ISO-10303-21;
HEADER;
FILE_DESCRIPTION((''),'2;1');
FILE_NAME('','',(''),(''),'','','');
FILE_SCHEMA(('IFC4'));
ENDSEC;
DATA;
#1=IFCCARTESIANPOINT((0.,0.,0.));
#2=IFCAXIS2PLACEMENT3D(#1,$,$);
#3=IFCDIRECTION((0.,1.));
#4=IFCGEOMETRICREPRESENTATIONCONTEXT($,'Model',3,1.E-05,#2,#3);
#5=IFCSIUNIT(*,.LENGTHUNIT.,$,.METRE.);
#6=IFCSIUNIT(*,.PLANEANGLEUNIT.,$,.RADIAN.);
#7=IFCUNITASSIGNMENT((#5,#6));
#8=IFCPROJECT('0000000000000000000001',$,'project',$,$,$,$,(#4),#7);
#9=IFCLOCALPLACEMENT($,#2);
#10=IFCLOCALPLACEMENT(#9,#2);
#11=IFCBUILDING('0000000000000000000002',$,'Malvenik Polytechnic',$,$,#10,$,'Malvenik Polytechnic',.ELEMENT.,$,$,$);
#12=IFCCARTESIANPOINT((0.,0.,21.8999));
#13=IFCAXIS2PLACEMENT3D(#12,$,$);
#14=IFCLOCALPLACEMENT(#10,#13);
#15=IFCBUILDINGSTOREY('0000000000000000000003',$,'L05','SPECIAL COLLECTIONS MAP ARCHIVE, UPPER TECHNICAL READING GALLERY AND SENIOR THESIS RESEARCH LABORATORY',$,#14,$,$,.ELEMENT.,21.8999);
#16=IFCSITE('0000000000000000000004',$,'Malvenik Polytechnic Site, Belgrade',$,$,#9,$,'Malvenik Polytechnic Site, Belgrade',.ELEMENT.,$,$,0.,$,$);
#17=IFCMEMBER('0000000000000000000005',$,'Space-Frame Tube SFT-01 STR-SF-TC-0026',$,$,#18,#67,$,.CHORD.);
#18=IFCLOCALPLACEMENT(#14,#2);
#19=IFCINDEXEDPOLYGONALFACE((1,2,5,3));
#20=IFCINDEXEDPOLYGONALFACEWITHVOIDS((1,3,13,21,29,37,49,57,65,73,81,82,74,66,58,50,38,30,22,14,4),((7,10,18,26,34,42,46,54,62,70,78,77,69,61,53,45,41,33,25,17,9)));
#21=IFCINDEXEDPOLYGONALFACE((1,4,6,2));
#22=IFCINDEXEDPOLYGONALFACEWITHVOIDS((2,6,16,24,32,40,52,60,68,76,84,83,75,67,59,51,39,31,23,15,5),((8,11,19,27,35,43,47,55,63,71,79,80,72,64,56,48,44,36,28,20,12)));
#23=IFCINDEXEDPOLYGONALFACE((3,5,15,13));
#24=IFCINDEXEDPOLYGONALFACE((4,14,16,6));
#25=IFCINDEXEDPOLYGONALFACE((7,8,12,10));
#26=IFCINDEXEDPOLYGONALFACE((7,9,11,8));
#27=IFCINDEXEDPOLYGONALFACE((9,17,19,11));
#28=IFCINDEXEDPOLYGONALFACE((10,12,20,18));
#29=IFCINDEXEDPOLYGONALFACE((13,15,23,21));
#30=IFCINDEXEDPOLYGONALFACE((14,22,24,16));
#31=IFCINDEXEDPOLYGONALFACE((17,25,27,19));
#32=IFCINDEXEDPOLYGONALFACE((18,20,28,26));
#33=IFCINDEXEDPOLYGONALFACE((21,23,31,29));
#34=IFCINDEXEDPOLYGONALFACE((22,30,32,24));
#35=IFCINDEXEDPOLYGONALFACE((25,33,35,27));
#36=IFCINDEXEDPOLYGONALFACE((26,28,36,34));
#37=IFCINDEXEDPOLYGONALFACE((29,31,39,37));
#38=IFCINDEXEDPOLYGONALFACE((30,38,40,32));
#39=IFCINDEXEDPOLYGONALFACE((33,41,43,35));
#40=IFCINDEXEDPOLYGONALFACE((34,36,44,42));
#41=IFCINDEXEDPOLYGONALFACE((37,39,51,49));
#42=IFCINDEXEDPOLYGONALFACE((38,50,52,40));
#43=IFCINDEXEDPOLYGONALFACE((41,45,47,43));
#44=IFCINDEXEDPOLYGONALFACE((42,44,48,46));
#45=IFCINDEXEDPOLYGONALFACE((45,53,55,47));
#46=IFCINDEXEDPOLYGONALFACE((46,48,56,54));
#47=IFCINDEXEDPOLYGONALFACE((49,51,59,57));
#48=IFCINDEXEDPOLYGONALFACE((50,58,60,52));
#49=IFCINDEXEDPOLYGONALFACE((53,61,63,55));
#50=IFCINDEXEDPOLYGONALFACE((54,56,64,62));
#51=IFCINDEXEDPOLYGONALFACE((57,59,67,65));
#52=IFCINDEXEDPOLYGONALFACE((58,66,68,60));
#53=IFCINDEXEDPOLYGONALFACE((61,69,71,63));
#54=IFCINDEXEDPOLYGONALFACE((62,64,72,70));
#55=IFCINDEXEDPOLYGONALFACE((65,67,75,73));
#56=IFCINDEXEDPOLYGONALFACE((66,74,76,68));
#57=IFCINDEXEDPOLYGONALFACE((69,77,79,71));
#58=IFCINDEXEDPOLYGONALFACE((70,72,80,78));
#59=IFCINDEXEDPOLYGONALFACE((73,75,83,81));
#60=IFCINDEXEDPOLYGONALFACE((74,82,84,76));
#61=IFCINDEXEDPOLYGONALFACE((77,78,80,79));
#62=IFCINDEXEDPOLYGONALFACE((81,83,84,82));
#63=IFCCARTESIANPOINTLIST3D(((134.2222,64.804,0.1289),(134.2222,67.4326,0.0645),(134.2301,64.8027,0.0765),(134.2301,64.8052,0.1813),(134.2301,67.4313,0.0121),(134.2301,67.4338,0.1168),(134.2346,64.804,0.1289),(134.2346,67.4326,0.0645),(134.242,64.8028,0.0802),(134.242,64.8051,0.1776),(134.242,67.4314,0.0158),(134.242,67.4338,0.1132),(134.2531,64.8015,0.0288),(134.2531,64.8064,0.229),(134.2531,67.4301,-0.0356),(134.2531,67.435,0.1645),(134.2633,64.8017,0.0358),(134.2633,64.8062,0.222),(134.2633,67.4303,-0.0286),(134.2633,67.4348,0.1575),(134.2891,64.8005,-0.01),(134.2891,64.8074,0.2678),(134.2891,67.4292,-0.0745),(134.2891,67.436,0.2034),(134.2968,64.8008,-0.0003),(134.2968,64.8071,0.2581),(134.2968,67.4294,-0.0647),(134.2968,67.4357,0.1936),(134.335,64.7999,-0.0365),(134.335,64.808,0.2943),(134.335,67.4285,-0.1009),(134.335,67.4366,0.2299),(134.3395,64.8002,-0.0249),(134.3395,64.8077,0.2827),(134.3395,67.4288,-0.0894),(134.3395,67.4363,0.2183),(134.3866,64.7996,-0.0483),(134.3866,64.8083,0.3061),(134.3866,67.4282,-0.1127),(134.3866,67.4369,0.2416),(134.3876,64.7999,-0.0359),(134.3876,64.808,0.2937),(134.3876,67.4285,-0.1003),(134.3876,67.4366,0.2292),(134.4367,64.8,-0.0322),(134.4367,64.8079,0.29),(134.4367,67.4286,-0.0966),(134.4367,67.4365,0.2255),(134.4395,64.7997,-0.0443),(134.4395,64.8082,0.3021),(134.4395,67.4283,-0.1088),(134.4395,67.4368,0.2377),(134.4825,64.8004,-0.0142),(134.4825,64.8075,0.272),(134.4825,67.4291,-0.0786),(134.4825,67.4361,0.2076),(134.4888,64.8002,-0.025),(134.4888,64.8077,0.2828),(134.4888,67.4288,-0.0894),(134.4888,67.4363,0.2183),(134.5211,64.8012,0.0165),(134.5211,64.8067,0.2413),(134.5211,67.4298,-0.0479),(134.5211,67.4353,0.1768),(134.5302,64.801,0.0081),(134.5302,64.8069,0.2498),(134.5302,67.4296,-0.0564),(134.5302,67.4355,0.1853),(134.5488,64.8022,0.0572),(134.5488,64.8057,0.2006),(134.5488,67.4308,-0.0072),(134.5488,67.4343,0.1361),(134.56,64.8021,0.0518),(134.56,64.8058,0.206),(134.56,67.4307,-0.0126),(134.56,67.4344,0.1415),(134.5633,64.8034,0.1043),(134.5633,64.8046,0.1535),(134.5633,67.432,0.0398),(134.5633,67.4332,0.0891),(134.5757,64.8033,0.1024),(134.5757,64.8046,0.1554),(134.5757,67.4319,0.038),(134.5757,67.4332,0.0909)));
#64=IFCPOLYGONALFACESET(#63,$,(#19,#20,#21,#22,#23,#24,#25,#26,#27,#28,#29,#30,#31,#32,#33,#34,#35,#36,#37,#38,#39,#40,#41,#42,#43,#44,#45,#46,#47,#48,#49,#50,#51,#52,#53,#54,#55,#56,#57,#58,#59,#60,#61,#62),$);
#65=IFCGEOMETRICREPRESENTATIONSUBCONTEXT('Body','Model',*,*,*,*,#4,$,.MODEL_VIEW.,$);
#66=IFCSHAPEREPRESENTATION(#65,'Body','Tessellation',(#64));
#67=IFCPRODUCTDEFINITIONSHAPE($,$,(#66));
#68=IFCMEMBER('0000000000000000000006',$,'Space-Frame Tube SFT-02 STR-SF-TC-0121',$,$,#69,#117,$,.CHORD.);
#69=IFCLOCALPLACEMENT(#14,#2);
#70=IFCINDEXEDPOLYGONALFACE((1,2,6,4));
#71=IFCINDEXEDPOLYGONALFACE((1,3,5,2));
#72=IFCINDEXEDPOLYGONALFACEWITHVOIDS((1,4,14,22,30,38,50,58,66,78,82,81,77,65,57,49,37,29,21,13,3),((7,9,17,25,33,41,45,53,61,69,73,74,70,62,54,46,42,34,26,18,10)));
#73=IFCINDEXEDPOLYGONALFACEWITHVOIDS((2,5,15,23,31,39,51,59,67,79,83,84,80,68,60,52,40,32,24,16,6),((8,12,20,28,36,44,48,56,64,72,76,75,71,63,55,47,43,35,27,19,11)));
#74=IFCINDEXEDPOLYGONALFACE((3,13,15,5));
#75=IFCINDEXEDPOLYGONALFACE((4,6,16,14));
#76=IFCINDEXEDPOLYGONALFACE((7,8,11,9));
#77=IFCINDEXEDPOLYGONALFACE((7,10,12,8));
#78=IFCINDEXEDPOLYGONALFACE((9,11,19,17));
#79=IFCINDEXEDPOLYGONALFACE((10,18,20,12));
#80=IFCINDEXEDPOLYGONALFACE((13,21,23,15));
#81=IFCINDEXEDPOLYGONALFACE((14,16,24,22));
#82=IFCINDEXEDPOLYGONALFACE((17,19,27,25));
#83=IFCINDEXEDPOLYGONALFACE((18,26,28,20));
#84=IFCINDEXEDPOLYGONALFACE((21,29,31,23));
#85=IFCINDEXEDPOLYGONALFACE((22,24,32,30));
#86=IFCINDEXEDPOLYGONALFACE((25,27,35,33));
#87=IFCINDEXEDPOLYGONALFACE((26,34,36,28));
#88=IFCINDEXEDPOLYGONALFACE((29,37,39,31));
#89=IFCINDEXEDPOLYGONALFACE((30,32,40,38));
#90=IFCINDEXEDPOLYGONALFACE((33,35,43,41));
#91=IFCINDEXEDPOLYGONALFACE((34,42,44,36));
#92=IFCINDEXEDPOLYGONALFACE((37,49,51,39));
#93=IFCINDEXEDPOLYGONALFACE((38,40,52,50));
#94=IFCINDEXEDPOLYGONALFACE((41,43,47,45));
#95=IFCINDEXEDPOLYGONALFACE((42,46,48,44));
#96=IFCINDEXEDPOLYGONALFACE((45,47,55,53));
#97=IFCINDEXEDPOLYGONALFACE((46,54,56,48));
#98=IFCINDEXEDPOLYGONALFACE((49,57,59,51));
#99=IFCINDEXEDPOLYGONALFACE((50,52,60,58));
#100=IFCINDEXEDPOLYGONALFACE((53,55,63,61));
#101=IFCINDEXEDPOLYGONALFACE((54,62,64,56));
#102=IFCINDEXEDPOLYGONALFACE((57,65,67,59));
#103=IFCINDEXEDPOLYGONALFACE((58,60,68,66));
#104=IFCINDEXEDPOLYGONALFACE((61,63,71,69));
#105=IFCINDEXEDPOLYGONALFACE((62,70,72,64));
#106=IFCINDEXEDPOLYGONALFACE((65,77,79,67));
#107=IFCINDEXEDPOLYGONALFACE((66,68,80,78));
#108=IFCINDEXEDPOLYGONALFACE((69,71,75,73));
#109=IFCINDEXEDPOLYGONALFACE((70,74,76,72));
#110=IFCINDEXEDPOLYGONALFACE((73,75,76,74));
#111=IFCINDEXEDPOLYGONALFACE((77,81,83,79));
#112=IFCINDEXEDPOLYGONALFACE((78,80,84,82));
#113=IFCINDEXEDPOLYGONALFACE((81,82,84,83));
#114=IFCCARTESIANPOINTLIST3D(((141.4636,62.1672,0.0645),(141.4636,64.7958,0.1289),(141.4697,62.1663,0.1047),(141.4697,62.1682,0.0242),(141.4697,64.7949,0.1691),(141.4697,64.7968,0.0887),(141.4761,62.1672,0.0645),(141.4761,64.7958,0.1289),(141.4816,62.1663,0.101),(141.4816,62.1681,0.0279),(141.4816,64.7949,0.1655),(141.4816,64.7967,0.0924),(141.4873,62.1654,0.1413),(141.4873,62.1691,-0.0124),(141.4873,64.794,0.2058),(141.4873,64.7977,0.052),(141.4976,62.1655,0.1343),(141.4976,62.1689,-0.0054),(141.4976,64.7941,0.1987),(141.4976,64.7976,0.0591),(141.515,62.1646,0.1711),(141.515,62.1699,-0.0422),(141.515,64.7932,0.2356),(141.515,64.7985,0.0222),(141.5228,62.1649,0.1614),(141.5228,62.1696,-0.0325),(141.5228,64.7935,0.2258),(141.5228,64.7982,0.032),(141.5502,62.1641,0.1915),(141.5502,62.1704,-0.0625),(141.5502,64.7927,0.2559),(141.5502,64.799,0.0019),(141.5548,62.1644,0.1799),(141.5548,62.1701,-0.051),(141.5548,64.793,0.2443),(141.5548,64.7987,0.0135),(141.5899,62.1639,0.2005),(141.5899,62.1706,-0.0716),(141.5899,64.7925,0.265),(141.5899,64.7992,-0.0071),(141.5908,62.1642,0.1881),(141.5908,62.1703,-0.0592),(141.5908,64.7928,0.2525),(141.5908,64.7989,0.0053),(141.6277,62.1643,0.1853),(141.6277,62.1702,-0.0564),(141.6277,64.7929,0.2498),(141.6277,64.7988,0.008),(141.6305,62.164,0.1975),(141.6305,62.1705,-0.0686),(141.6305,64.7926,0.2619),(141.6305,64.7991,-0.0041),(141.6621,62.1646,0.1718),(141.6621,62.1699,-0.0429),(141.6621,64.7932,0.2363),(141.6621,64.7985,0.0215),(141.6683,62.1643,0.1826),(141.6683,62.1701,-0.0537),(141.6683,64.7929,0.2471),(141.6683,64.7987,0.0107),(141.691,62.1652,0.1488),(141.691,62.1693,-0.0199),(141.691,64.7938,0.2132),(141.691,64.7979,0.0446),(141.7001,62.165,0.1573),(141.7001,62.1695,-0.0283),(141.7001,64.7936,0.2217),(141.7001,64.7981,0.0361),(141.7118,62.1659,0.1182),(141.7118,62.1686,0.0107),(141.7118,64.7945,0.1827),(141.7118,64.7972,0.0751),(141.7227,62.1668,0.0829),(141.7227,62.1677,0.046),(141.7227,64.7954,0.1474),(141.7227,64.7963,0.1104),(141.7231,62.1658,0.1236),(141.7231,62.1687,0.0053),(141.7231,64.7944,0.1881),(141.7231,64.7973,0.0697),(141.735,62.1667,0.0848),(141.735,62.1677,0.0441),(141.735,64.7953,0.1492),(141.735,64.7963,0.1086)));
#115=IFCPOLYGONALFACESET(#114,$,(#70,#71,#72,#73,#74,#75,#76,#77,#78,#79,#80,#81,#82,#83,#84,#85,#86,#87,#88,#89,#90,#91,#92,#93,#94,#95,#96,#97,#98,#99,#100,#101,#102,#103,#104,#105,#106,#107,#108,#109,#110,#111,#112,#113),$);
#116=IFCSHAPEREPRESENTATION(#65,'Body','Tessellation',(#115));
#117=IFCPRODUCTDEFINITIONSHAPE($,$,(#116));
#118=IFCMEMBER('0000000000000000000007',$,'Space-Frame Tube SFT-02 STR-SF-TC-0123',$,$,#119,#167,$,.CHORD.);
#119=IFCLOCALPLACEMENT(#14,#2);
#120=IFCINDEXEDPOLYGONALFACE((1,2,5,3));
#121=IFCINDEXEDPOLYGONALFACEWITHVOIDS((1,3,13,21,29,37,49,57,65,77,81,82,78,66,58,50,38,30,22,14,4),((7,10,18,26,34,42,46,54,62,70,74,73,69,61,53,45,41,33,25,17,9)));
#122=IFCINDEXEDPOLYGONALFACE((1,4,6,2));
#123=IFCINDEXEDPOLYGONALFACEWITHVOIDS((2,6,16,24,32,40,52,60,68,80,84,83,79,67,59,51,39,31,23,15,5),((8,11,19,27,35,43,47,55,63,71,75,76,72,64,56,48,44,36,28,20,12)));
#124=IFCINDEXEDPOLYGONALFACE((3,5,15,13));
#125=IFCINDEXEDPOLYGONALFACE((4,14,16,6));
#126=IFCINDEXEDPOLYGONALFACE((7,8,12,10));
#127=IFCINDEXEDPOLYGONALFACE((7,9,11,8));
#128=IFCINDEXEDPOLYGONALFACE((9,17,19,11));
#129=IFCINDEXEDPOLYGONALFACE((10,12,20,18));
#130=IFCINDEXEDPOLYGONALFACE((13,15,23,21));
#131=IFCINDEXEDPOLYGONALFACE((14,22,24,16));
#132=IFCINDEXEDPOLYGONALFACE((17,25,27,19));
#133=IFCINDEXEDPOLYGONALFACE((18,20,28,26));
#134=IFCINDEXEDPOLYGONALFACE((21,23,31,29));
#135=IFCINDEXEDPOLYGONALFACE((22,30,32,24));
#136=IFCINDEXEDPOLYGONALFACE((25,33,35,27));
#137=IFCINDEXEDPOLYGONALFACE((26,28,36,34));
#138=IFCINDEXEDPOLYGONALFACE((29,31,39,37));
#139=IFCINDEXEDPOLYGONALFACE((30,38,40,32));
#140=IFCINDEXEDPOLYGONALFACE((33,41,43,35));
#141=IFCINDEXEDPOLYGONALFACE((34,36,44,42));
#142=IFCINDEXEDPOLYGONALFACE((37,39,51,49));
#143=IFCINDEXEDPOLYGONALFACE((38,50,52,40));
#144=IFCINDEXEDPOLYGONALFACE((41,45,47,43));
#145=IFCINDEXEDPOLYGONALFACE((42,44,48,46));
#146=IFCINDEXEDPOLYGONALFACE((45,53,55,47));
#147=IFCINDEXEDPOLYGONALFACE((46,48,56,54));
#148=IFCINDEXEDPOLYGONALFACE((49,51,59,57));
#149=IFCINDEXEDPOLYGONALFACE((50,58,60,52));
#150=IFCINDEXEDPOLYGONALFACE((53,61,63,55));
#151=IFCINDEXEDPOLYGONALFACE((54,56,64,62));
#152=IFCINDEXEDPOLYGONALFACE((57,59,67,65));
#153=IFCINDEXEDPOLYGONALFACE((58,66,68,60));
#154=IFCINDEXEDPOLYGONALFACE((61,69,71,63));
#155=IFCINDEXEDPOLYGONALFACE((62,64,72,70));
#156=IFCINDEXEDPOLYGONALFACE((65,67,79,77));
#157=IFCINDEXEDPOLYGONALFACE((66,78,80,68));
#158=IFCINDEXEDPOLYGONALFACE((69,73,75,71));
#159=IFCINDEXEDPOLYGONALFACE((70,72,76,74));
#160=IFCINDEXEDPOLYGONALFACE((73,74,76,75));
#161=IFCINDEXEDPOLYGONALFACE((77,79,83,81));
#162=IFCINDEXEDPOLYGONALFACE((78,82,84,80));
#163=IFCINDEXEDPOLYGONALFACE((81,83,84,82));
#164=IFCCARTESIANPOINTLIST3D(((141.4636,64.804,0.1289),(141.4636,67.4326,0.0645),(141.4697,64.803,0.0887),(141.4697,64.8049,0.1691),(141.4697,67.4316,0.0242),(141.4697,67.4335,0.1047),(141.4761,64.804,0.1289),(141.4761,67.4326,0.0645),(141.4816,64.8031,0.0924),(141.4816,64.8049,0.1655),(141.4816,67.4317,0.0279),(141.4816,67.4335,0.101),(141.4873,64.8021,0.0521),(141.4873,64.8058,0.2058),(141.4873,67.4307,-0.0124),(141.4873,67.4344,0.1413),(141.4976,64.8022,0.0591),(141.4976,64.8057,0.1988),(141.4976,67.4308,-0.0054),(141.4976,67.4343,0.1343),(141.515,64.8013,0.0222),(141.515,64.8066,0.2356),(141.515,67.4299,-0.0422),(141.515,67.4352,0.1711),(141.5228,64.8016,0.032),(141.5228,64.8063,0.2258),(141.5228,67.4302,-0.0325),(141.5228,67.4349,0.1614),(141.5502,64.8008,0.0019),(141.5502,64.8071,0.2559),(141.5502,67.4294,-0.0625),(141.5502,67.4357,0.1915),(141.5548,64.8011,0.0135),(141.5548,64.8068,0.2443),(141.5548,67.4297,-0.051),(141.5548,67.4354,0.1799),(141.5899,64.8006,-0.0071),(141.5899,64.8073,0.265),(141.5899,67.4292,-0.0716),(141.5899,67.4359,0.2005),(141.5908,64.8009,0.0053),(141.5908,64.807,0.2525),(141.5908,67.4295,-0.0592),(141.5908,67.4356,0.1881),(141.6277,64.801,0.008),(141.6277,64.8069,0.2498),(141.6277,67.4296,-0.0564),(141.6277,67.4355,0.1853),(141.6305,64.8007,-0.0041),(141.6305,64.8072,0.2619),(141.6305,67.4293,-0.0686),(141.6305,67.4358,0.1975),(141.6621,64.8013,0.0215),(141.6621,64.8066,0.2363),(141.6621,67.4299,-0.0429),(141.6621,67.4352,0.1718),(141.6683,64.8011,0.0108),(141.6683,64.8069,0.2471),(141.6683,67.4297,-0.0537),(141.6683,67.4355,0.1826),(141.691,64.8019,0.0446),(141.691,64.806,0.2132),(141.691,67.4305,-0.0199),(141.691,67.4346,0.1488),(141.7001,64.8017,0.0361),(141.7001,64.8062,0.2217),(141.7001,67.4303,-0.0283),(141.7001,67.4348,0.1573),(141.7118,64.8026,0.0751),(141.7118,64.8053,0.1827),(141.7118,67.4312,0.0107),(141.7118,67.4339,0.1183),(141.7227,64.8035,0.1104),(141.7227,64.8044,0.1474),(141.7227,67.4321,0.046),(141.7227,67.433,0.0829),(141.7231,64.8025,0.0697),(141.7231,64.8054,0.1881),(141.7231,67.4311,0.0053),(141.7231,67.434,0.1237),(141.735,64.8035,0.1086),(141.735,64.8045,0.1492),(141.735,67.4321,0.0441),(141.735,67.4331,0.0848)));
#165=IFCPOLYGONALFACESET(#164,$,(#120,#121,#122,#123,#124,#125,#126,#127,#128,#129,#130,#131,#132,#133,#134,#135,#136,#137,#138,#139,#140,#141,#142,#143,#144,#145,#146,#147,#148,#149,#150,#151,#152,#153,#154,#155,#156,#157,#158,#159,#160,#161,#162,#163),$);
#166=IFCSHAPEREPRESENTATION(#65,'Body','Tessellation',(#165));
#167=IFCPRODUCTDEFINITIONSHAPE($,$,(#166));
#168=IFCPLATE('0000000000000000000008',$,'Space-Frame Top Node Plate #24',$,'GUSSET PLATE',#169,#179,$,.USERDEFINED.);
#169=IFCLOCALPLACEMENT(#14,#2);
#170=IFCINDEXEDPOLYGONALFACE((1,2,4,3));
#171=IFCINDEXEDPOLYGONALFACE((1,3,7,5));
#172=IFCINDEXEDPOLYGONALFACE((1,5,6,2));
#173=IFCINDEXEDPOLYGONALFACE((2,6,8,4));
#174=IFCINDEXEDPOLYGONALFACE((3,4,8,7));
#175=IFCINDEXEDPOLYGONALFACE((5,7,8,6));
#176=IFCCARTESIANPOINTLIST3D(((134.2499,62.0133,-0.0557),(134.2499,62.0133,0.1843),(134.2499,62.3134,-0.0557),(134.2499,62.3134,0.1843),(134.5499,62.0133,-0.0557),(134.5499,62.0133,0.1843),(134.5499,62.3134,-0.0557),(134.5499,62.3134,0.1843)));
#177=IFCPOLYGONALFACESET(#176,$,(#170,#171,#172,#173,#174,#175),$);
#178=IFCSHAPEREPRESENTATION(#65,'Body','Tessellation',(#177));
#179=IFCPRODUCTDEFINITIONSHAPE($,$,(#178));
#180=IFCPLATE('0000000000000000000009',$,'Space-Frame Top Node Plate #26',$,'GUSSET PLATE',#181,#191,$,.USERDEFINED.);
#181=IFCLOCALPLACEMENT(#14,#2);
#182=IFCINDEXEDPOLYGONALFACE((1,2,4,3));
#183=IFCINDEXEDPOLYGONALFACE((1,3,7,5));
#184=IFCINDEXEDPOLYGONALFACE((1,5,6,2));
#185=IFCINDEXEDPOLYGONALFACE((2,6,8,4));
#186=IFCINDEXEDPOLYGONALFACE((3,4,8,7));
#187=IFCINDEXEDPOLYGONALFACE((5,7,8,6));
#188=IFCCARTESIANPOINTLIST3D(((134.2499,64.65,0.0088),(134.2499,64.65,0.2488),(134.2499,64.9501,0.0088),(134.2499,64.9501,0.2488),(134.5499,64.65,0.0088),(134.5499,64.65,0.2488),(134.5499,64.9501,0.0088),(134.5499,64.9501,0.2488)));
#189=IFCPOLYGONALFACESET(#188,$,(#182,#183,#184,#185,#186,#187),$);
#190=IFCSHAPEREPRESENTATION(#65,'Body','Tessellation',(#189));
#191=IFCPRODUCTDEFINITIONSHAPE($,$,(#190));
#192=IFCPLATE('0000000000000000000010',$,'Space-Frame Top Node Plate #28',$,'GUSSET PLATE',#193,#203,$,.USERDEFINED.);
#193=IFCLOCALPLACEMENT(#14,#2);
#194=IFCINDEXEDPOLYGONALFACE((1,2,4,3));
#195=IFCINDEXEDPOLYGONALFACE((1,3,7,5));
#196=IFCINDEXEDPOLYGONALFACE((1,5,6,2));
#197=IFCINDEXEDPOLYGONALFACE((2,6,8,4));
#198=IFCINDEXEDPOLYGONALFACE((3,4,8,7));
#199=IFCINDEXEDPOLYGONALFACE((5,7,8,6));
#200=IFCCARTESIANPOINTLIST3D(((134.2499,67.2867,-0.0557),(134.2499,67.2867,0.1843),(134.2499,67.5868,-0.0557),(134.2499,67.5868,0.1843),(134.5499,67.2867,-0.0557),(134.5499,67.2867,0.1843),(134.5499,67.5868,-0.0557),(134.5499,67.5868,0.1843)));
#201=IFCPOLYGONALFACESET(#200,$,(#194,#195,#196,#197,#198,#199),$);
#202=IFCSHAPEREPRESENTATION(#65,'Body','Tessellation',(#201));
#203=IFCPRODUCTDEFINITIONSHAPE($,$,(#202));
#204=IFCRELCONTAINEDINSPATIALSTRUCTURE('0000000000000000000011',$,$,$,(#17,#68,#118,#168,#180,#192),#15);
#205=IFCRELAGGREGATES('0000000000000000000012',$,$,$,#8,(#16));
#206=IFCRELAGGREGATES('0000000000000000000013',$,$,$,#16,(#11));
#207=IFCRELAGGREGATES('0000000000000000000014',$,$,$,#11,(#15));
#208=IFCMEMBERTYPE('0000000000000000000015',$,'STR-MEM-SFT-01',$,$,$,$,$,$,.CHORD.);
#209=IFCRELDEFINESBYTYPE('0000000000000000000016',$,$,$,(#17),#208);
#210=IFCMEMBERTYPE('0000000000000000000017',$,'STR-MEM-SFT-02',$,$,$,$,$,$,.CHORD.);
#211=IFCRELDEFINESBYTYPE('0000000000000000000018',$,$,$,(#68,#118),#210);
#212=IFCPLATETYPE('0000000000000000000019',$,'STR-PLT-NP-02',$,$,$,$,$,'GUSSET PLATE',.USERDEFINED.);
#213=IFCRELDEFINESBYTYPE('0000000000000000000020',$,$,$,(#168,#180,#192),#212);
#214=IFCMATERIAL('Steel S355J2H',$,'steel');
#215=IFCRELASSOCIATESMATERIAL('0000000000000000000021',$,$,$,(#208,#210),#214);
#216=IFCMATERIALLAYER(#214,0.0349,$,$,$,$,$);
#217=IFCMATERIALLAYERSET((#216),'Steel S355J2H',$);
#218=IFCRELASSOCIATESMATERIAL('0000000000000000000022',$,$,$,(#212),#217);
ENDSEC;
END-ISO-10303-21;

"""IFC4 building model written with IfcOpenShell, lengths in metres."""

from ifc_helpers import new_model, si_unit, direction, frame, origin, origin_2d, place, context, subcontext, project, spatial, rectangle, hollow_circle, extrude, material, layer, layer_set, material_profile, profile_set, type_object, element, save


model = new_model("IFC4")

# Units and contexts
model_context = context("Model", 3, precision=1e-05, world=origin(), true_north=direction((0.0, 1.0)))
body_context = subcontext(model_context, "Body", "Model", "MODEL_VIEW")
ifc_project = project(units=[si_unit("LENGTHUNIT", "METRE"), si_unit("PLANEANGLEUNIT", "RADIAN")], contexts=[model_context])

# Site, building, storey
site_placement = place(None, origin())
site = spatial("IfcSite", under=ifc_project, at=site_placement, Name="Malvenik Polytechnic Site, Belgrade", LongName="Malvenik Polytechnic Site, Belgrade", CompositionType="ELEMENT", RefElevation=0.0)
building_placement = place(site_placement, origin())
building = spatial("IfcBuilding", under=site, at=building_placement, Name="Malvenik Polytechnic", LongName="Malvenik Polytechnic", CompositionType="ELEMENT")
storey_placement = place(building_placement, frame((0.0, 0.0, 21.8999)))
storey = spatial("IfcBuildingStorey", under=building, at=storey_placement, Name="L05", Description="SPECIAL COLLECTIONS MAP ARCHIVE, UPPER TECHNICAL READING GALLERY AND SENIOR THESIS RESEARCH LABORATORY", CompositionType="ELEMENT", Elevation=21.8999)

# Members
ifc_material = material(Name="Steel S355J2H", Category="steel")
ifc_material_profile_1 = material_profile(ifc_material, hollow_circle(Radius=0.1777, WallThickness=0.0125, at=origin_2d()), Name="CHS 355.6x12.5")
ifc_profile_set_1 = profile_set([ifc_material_profile_1], Name="Steel S355J2H")
member_type_1 = type_object("IfcMemberType", Name="STR-MEM-SFT-01", PredefinedType="CHORD", material=ifc_profile_set_1)
for number, where, z_axis, x_axis, name in (
    (1, (134.3999, 64.804, 0.1289), (0.0, 0.9997, -0.024512), (-1.0, 0.0, 0.0), "Space-Frame Tube SFT-01 STR-SF-TC-0026"),
):
    element("IfcMember", number, at=place(storey_placement, frame(where, z_axis=z_axis, x_axis=x_axis)), inside=storey, type_object=member_type_1, Name=name, PredefinedType="CHORD", context=body_context, shape_type="SweptSolid", body=[
        extrude(hollow_circle(Radius=0.1777, WallThickness=0.0125, at=origin_2d()), origin(), (0.0, 0.0, 1.0), 2.6294),
    ])
ifc_material_profile_2 = material_profile(ifc_material, hollow_circle(Radius=0.1365, WallThickness=0.0125, at=origin_2d()), Name="CHS 273.0x12.5")
ifc_profile_set_2 = profile_set([ifc_material_profile_2], Name="Steel S355J2H")
member_type_2 = type_object("IfcMemberType", Name="STR-MEM-SFT-02", PredefinedType="CHORD", material=ifc_profile_set_2)
for number, where, z_axis, x_axis, name in (
    (2, (141.6001, 62.1672, 0.0645), (0.0, 0.9997, 0.024512), (-1.0, 0.0, 0.0), "Space-Frame Tube SFT-02 STR-SF-TC-0121"),
    (3, (141.6001, 64.804, 0.1289), (0.0, 0.9997, -0.024512), (-1.0, 0.0, 0.0), "Space-Frame Tube SFT-02 STR-SF-TC-0123"),
):
    element("IfcMember", number, at=place(storey_placement, frame(where, z_axis=z_axis, x_axis=x_axis)), inside=storey, type_object=member_type_2, Name=name, PredefinedType="CHORD", context=body_context, shape_type="SweptSolid", body=[
        extrude(hollow_circle(Radius=0.1365, WallThickness=0.0125, at=origin_2d()), origin(), (0.0, 0.0, 1.0), 2.6294),
    ])

# Plates
ifc_layer = layer(ifc_material, 0.0349)
ifc_layer_set = layer_set([ifc_layer], Name="Steel S355J2H")
plate_type = type_object("IfcPlateType", Name="STR-PLT-NP-02", ElementType="GUSSET PLATE", PredefinedType="USERDEFINED", material=ifc_layer_set)
for number, where, z_axis, x_axis, name in (
    (4, (134.3999, 62.1633, -0.0557), (0.0, 0.0, 1.0), (1.0, 0.0, 0.0), "Space-Frame Top Node Plate #24"),
    (5, (134.3999, 64.8, 0.0088), (0.0, 0.0, 1.0), (1.0, 0.0, 0.0), "Space-Frame Top Node Plate #26"),
    (6, (134.3999, 67.4368, -0.0557), (0.0, 0.0, 1.0), (1.0, 0.0, 0.0), "Space-Frame Top Node Plate #28"),
):
    element("IfcPlate", number, at=place(storey_placement, frame(where, z_axis=z_axis, x_axis=x_axis)), inside=storey, type_object=plate_type, Name=name, ObjectType="GUSSET PLATE", PredefinedType="USERDEFINED", context=body_context, shape_type="SweptSolid", body=[
        extrude(rectangle(XDim=0.3, YDim=0.3, at=origin_2d()), origin(), (0.0, 0.0, 1.0), 0.24),
    ])

save(model, "model.ifc")
